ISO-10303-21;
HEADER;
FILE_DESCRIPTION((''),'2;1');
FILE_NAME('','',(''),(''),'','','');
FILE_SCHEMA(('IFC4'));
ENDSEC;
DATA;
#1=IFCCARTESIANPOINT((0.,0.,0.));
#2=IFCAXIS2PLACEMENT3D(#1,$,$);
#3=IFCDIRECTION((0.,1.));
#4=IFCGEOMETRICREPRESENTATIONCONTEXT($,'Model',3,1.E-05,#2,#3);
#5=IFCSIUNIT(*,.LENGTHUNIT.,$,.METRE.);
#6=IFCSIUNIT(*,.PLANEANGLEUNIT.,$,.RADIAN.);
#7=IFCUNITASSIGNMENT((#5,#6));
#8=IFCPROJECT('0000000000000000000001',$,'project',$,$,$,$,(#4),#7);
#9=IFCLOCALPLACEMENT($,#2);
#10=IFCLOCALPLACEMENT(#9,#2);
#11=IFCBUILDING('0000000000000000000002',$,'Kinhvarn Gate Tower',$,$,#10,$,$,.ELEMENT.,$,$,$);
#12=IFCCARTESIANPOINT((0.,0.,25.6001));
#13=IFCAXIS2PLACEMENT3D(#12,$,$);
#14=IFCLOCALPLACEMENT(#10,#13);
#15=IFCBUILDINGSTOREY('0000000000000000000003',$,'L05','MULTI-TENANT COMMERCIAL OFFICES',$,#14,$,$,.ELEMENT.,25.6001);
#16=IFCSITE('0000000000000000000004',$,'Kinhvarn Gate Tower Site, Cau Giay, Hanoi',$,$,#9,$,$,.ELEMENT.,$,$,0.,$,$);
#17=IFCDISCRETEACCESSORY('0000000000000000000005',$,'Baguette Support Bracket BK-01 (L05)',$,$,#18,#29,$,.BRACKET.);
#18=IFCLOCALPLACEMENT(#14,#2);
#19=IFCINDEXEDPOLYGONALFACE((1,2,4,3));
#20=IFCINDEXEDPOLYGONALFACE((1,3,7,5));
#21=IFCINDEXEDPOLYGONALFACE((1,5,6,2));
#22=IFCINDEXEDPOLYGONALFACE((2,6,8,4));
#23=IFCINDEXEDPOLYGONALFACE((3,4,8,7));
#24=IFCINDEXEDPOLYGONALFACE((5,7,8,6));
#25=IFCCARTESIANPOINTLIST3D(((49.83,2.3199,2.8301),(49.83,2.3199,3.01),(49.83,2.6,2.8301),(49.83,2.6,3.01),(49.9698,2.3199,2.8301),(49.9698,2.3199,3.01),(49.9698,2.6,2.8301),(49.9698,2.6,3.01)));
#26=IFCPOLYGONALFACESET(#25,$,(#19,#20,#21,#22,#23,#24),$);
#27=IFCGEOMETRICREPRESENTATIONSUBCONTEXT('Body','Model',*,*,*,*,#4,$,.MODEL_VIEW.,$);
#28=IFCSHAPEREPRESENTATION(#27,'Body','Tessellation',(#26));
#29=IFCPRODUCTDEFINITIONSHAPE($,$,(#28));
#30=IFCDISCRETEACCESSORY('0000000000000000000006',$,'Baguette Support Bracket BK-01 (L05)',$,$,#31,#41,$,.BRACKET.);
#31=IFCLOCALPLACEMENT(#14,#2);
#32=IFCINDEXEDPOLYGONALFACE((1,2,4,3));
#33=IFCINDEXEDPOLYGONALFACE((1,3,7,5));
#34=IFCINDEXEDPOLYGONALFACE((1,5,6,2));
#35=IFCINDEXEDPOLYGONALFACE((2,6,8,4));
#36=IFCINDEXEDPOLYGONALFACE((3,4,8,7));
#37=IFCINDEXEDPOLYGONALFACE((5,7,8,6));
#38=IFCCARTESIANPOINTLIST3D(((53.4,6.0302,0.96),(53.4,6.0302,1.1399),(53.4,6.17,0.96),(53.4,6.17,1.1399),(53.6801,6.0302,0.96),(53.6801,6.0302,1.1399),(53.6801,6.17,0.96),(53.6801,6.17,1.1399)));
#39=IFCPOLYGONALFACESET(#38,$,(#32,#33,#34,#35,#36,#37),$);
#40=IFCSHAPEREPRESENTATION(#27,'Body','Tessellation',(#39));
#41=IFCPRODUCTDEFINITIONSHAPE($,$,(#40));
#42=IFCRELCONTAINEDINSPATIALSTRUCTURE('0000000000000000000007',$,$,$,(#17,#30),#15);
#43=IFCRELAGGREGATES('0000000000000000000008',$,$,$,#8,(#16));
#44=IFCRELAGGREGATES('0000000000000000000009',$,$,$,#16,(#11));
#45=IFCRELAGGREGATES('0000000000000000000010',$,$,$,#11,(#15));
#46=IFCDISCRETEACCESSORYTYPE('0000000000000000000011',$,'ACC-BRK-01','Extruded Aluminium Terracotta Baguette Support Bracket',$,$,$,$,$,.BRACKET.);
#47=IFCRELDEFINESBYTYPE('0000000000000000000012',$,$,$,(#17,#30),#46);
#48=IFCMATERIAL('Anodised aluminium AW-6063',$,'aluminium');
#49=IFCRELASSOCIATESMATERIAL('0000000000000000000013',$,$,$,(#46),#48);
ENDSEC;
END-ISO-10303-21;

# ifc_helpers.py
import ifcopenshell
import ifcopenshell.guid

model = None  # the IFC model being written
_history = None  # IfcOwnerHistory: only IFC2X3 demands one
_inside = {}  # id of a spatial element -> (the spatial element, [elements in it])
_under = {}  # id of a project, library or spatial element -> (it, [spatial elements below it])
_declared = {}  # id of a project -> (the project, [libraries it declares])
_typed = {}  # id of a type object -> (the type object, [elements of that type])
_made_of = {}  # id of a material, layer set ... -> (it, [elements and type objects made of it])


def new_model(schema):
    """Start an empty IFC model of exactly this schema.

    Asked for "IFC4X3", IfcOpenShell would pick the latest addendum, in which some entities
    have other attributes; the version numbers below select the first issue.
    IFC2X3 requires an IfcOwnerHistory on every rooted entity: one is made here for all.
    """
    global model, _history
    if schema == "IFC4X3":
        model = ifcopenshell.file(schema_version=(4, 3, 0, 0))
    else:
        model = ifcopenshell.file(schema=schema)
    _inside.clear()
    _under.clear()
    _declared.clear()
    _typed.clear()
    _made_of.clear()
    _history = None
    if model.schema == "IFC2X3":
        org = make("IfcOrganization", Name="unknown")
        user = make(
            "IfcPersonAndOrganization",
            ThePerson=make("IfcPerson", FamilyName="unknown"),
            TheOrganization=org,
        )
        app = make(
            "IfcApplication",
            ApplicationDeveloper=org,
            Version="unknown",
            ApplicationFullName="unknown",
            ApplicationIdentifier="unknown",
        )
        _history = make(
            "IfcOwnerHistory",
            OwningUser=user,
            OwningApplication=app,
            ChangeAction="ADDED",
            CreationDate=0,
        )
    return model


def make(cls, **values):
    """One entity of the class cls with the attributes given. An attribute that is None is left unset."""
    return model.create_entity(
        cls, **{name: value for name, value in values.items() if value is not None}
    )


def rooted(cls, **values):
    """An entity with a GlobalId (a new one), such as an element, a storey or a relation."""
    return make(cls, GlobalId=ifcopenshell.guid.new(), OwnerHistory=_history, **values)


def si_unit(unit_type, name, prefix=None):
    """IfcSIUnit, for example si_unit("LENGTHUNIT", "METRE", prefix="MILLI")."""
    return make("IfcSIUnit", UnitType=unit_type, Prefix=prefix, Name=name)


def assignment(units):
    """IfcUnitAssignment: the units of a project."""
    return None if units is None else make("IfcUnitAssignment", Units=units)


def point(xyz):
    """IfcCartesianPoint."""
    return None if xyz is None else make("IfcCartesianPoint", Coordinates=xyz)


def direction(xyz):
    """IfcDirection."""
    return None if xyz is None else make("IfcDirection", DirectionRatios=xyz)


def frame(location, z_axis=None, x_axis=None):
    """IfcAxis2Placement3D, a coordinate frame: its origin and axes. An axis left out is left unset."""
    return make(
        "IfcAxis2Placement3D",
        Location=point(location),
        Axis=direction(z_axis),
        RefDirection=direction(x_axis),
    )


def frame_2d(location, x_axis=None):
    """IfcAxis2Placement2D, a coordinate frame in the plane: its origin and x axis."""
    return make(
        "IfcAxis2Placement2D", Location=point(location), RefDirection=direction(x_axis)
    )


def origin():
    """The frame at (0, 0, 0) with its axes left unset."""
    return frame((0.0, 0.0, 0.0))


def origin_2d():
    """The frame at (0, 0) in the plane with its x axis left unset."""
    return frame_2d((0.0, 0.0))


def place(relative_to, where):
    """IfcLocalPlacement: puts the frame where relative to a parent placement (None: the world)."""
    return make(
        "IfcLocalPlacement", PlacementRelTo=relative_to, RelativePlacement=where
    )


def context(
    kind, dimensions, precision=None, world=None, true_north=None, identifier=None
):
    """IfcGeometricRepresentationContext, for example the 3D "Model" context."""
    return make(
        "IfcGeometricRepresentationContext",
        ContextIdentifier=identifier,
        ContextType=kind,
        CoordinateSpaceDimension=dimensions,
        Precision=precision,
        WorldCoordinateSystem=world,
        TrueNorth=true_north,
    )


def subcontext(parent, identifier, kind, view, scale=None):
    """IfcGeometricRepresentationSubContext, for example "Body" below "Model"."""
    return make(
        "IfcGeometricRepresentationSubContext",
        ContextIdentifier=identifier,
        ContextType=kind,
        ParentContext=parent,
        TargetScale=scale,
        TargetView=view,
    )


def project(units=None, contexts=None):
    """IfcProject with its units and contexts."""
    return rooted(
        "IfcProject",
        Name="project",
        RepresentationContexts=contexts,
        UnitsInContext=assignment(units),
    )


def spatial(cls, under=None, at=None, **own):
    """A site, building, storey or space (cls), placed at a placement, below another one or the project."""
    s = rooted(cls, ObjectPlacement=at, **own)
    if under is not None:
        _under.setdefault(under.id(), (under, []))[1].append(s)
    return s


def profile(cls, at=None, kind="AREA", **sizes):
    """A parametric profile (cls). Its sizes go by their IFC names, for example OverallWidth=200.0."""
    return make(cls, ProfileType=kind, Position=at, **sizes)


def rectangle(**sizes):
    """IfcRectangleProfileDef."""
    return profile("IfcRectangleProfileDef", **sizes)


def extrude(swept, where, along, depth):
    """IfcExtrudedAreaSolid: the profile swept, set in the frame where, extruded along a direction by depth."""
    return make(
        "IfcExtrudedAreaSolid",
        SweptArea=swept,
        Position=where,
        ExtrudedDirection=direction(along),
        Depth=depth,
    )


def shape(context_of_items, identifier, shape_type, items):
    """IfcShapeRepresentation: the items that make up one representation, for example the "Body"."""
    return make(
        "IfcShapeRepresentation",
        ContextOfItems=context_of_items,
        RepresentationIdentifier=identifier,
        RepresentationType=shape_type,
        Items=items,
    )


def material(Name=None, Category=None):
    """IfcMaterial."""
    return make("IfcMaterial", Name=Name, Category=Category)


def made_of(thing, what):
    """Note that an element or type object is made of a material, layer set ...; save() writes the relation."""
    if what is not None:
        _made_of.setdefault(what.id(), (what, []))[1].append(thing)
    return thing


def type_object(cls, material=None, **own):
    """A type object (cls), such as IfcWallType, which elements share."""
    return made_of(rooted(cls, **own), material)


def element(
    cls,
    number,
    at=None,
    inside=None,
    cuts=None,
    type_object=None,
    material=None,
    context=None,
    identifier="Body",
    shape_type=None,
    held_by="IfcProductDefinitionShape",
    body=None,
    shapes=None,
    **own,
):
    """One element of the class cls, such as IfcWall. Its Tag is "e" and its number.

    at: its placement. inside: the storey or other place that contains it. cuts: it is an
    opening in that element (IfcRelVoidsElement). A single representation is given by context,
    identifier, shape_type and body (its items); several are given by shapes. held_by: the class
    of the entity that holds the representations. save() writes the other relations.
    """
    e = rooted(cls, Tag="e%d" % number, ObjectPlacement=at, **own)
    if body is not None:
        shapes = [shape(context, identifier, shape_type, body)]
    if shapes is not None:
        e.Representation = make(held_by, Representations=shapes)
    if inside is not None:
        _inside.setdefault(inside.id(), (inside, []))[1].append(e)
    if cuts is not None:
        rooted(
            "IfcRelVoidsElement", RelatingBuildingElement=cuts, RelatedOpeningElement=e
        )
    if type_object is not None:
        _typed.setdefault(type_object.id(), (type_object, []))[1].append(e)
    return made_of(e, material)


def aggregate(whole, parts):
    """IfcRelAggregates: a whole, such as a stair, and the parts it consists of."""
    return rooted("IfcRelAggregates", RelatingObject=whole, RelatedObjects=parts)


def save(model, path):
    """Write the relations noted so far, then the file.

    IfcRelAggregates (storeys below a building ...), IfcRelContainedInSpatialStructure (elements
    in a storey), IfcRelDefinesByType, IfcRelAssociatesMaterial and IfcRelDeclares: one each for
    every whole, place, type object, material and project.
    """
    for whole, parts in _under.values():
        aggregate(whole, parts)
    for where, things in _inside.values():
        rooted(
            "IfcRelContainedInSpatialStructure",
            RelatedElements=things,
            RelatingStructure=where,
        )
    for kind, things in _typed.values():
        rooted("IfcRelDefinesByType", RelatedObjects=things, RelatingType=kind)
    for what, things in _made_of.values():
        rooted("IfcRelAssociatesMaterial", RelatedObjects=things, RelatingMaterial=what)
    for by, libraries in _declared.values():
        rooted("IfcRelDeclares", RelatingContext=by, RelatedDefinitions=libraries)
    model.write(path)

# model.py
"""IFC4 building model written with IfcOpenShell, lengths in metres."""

from ifc_helpers import new_model, si_unit, direction, frame, origin, origin_2d, place, context, subcontext, project, spatial, rectangle, extrude, material, type_object, element, save


model = new_model("IFC4")

# Units and contexts
model_context = context("Model", 3, precision=1e-05, world=origin(), true_north=direction((0.0, 1.0)))
body_context = subcontext(model_context, "Body", "Model", "MODEL_VIEW")
ifc_project = project(units=[si_unit("LENGTHUNIT", "METRE"), si_unit("PLANEANGLEUNIT", "RADIAN")], contexts=[model_context])

# Site, building, storey
site_placement = place(None, origin())
site = spatial("IfcSite", under=ifc_project, at=site_placement, Name="Kinhvarn Gate Tower Site, Cau Giay, Hanoi", CompositionType="ELEMENT", RefElevation=0.0)
building_placement = place(site_placement, origin())
building = spatial("IfcBuilding", under=site, at=building_placement, Name="Kinhvarn Gate Tower", CompositionType="ELEMENT")
storey_placement = place(building_placement, frame((0.0, 0.0, 25.6001)))
storey = spatial("IfcBuildingStorey", under=building, at=storey_placement, Name="L05", Description="MULTI-TENANT COMMERCIAL OFFICES", CompositionType="ELEMENT", Elevation=25.6001)

# Shared definitions
ifc_material_1 = material(Name="Anodised aluminium AW-6063", Category="aluminium")

# Discrete accessories
discrete_accessory_type = type_object("IfcDiscreteAccessoryType", Name="ACC-BRK-01", Description="Extruded Aluminium Terracotta Baguette Support Bracket", PredefinedType="BRACKET", material=ifc_material_1)
for number, where, z_axis, x_axis, name in (
    (1, (49.8999, 2.46, 2.8301), (0.0, 0.0, 1.0), (1.0, 0.0, 0.0), "Baguette Support Bracket BK-01 (L05)"),
    (2, (53.54, 6.1001, 0.96), (0.0, 0.0, 1.0), (0.0, 1.0, 0.0), "Baguette Support Bracket BK-01 (L05)"),
):
    element("IfcDiscreteAccessory", number, at=place(storey_placement, frame(where, z_axis=z_axis, x_axis=x_axis)), inside=storey, type_object=discrete_accessory_type, Name=name, PredefinedType="BRACKET", context=body_context, shape_type="SweptSolid", body=[
        extrude(rectangle(XDim=0.1399, YDim=0.28, at=origin_2d()), origin(), (0.0, 0.0, 1.0), 0.1799),
    ])

save(model, "model.ifc")
